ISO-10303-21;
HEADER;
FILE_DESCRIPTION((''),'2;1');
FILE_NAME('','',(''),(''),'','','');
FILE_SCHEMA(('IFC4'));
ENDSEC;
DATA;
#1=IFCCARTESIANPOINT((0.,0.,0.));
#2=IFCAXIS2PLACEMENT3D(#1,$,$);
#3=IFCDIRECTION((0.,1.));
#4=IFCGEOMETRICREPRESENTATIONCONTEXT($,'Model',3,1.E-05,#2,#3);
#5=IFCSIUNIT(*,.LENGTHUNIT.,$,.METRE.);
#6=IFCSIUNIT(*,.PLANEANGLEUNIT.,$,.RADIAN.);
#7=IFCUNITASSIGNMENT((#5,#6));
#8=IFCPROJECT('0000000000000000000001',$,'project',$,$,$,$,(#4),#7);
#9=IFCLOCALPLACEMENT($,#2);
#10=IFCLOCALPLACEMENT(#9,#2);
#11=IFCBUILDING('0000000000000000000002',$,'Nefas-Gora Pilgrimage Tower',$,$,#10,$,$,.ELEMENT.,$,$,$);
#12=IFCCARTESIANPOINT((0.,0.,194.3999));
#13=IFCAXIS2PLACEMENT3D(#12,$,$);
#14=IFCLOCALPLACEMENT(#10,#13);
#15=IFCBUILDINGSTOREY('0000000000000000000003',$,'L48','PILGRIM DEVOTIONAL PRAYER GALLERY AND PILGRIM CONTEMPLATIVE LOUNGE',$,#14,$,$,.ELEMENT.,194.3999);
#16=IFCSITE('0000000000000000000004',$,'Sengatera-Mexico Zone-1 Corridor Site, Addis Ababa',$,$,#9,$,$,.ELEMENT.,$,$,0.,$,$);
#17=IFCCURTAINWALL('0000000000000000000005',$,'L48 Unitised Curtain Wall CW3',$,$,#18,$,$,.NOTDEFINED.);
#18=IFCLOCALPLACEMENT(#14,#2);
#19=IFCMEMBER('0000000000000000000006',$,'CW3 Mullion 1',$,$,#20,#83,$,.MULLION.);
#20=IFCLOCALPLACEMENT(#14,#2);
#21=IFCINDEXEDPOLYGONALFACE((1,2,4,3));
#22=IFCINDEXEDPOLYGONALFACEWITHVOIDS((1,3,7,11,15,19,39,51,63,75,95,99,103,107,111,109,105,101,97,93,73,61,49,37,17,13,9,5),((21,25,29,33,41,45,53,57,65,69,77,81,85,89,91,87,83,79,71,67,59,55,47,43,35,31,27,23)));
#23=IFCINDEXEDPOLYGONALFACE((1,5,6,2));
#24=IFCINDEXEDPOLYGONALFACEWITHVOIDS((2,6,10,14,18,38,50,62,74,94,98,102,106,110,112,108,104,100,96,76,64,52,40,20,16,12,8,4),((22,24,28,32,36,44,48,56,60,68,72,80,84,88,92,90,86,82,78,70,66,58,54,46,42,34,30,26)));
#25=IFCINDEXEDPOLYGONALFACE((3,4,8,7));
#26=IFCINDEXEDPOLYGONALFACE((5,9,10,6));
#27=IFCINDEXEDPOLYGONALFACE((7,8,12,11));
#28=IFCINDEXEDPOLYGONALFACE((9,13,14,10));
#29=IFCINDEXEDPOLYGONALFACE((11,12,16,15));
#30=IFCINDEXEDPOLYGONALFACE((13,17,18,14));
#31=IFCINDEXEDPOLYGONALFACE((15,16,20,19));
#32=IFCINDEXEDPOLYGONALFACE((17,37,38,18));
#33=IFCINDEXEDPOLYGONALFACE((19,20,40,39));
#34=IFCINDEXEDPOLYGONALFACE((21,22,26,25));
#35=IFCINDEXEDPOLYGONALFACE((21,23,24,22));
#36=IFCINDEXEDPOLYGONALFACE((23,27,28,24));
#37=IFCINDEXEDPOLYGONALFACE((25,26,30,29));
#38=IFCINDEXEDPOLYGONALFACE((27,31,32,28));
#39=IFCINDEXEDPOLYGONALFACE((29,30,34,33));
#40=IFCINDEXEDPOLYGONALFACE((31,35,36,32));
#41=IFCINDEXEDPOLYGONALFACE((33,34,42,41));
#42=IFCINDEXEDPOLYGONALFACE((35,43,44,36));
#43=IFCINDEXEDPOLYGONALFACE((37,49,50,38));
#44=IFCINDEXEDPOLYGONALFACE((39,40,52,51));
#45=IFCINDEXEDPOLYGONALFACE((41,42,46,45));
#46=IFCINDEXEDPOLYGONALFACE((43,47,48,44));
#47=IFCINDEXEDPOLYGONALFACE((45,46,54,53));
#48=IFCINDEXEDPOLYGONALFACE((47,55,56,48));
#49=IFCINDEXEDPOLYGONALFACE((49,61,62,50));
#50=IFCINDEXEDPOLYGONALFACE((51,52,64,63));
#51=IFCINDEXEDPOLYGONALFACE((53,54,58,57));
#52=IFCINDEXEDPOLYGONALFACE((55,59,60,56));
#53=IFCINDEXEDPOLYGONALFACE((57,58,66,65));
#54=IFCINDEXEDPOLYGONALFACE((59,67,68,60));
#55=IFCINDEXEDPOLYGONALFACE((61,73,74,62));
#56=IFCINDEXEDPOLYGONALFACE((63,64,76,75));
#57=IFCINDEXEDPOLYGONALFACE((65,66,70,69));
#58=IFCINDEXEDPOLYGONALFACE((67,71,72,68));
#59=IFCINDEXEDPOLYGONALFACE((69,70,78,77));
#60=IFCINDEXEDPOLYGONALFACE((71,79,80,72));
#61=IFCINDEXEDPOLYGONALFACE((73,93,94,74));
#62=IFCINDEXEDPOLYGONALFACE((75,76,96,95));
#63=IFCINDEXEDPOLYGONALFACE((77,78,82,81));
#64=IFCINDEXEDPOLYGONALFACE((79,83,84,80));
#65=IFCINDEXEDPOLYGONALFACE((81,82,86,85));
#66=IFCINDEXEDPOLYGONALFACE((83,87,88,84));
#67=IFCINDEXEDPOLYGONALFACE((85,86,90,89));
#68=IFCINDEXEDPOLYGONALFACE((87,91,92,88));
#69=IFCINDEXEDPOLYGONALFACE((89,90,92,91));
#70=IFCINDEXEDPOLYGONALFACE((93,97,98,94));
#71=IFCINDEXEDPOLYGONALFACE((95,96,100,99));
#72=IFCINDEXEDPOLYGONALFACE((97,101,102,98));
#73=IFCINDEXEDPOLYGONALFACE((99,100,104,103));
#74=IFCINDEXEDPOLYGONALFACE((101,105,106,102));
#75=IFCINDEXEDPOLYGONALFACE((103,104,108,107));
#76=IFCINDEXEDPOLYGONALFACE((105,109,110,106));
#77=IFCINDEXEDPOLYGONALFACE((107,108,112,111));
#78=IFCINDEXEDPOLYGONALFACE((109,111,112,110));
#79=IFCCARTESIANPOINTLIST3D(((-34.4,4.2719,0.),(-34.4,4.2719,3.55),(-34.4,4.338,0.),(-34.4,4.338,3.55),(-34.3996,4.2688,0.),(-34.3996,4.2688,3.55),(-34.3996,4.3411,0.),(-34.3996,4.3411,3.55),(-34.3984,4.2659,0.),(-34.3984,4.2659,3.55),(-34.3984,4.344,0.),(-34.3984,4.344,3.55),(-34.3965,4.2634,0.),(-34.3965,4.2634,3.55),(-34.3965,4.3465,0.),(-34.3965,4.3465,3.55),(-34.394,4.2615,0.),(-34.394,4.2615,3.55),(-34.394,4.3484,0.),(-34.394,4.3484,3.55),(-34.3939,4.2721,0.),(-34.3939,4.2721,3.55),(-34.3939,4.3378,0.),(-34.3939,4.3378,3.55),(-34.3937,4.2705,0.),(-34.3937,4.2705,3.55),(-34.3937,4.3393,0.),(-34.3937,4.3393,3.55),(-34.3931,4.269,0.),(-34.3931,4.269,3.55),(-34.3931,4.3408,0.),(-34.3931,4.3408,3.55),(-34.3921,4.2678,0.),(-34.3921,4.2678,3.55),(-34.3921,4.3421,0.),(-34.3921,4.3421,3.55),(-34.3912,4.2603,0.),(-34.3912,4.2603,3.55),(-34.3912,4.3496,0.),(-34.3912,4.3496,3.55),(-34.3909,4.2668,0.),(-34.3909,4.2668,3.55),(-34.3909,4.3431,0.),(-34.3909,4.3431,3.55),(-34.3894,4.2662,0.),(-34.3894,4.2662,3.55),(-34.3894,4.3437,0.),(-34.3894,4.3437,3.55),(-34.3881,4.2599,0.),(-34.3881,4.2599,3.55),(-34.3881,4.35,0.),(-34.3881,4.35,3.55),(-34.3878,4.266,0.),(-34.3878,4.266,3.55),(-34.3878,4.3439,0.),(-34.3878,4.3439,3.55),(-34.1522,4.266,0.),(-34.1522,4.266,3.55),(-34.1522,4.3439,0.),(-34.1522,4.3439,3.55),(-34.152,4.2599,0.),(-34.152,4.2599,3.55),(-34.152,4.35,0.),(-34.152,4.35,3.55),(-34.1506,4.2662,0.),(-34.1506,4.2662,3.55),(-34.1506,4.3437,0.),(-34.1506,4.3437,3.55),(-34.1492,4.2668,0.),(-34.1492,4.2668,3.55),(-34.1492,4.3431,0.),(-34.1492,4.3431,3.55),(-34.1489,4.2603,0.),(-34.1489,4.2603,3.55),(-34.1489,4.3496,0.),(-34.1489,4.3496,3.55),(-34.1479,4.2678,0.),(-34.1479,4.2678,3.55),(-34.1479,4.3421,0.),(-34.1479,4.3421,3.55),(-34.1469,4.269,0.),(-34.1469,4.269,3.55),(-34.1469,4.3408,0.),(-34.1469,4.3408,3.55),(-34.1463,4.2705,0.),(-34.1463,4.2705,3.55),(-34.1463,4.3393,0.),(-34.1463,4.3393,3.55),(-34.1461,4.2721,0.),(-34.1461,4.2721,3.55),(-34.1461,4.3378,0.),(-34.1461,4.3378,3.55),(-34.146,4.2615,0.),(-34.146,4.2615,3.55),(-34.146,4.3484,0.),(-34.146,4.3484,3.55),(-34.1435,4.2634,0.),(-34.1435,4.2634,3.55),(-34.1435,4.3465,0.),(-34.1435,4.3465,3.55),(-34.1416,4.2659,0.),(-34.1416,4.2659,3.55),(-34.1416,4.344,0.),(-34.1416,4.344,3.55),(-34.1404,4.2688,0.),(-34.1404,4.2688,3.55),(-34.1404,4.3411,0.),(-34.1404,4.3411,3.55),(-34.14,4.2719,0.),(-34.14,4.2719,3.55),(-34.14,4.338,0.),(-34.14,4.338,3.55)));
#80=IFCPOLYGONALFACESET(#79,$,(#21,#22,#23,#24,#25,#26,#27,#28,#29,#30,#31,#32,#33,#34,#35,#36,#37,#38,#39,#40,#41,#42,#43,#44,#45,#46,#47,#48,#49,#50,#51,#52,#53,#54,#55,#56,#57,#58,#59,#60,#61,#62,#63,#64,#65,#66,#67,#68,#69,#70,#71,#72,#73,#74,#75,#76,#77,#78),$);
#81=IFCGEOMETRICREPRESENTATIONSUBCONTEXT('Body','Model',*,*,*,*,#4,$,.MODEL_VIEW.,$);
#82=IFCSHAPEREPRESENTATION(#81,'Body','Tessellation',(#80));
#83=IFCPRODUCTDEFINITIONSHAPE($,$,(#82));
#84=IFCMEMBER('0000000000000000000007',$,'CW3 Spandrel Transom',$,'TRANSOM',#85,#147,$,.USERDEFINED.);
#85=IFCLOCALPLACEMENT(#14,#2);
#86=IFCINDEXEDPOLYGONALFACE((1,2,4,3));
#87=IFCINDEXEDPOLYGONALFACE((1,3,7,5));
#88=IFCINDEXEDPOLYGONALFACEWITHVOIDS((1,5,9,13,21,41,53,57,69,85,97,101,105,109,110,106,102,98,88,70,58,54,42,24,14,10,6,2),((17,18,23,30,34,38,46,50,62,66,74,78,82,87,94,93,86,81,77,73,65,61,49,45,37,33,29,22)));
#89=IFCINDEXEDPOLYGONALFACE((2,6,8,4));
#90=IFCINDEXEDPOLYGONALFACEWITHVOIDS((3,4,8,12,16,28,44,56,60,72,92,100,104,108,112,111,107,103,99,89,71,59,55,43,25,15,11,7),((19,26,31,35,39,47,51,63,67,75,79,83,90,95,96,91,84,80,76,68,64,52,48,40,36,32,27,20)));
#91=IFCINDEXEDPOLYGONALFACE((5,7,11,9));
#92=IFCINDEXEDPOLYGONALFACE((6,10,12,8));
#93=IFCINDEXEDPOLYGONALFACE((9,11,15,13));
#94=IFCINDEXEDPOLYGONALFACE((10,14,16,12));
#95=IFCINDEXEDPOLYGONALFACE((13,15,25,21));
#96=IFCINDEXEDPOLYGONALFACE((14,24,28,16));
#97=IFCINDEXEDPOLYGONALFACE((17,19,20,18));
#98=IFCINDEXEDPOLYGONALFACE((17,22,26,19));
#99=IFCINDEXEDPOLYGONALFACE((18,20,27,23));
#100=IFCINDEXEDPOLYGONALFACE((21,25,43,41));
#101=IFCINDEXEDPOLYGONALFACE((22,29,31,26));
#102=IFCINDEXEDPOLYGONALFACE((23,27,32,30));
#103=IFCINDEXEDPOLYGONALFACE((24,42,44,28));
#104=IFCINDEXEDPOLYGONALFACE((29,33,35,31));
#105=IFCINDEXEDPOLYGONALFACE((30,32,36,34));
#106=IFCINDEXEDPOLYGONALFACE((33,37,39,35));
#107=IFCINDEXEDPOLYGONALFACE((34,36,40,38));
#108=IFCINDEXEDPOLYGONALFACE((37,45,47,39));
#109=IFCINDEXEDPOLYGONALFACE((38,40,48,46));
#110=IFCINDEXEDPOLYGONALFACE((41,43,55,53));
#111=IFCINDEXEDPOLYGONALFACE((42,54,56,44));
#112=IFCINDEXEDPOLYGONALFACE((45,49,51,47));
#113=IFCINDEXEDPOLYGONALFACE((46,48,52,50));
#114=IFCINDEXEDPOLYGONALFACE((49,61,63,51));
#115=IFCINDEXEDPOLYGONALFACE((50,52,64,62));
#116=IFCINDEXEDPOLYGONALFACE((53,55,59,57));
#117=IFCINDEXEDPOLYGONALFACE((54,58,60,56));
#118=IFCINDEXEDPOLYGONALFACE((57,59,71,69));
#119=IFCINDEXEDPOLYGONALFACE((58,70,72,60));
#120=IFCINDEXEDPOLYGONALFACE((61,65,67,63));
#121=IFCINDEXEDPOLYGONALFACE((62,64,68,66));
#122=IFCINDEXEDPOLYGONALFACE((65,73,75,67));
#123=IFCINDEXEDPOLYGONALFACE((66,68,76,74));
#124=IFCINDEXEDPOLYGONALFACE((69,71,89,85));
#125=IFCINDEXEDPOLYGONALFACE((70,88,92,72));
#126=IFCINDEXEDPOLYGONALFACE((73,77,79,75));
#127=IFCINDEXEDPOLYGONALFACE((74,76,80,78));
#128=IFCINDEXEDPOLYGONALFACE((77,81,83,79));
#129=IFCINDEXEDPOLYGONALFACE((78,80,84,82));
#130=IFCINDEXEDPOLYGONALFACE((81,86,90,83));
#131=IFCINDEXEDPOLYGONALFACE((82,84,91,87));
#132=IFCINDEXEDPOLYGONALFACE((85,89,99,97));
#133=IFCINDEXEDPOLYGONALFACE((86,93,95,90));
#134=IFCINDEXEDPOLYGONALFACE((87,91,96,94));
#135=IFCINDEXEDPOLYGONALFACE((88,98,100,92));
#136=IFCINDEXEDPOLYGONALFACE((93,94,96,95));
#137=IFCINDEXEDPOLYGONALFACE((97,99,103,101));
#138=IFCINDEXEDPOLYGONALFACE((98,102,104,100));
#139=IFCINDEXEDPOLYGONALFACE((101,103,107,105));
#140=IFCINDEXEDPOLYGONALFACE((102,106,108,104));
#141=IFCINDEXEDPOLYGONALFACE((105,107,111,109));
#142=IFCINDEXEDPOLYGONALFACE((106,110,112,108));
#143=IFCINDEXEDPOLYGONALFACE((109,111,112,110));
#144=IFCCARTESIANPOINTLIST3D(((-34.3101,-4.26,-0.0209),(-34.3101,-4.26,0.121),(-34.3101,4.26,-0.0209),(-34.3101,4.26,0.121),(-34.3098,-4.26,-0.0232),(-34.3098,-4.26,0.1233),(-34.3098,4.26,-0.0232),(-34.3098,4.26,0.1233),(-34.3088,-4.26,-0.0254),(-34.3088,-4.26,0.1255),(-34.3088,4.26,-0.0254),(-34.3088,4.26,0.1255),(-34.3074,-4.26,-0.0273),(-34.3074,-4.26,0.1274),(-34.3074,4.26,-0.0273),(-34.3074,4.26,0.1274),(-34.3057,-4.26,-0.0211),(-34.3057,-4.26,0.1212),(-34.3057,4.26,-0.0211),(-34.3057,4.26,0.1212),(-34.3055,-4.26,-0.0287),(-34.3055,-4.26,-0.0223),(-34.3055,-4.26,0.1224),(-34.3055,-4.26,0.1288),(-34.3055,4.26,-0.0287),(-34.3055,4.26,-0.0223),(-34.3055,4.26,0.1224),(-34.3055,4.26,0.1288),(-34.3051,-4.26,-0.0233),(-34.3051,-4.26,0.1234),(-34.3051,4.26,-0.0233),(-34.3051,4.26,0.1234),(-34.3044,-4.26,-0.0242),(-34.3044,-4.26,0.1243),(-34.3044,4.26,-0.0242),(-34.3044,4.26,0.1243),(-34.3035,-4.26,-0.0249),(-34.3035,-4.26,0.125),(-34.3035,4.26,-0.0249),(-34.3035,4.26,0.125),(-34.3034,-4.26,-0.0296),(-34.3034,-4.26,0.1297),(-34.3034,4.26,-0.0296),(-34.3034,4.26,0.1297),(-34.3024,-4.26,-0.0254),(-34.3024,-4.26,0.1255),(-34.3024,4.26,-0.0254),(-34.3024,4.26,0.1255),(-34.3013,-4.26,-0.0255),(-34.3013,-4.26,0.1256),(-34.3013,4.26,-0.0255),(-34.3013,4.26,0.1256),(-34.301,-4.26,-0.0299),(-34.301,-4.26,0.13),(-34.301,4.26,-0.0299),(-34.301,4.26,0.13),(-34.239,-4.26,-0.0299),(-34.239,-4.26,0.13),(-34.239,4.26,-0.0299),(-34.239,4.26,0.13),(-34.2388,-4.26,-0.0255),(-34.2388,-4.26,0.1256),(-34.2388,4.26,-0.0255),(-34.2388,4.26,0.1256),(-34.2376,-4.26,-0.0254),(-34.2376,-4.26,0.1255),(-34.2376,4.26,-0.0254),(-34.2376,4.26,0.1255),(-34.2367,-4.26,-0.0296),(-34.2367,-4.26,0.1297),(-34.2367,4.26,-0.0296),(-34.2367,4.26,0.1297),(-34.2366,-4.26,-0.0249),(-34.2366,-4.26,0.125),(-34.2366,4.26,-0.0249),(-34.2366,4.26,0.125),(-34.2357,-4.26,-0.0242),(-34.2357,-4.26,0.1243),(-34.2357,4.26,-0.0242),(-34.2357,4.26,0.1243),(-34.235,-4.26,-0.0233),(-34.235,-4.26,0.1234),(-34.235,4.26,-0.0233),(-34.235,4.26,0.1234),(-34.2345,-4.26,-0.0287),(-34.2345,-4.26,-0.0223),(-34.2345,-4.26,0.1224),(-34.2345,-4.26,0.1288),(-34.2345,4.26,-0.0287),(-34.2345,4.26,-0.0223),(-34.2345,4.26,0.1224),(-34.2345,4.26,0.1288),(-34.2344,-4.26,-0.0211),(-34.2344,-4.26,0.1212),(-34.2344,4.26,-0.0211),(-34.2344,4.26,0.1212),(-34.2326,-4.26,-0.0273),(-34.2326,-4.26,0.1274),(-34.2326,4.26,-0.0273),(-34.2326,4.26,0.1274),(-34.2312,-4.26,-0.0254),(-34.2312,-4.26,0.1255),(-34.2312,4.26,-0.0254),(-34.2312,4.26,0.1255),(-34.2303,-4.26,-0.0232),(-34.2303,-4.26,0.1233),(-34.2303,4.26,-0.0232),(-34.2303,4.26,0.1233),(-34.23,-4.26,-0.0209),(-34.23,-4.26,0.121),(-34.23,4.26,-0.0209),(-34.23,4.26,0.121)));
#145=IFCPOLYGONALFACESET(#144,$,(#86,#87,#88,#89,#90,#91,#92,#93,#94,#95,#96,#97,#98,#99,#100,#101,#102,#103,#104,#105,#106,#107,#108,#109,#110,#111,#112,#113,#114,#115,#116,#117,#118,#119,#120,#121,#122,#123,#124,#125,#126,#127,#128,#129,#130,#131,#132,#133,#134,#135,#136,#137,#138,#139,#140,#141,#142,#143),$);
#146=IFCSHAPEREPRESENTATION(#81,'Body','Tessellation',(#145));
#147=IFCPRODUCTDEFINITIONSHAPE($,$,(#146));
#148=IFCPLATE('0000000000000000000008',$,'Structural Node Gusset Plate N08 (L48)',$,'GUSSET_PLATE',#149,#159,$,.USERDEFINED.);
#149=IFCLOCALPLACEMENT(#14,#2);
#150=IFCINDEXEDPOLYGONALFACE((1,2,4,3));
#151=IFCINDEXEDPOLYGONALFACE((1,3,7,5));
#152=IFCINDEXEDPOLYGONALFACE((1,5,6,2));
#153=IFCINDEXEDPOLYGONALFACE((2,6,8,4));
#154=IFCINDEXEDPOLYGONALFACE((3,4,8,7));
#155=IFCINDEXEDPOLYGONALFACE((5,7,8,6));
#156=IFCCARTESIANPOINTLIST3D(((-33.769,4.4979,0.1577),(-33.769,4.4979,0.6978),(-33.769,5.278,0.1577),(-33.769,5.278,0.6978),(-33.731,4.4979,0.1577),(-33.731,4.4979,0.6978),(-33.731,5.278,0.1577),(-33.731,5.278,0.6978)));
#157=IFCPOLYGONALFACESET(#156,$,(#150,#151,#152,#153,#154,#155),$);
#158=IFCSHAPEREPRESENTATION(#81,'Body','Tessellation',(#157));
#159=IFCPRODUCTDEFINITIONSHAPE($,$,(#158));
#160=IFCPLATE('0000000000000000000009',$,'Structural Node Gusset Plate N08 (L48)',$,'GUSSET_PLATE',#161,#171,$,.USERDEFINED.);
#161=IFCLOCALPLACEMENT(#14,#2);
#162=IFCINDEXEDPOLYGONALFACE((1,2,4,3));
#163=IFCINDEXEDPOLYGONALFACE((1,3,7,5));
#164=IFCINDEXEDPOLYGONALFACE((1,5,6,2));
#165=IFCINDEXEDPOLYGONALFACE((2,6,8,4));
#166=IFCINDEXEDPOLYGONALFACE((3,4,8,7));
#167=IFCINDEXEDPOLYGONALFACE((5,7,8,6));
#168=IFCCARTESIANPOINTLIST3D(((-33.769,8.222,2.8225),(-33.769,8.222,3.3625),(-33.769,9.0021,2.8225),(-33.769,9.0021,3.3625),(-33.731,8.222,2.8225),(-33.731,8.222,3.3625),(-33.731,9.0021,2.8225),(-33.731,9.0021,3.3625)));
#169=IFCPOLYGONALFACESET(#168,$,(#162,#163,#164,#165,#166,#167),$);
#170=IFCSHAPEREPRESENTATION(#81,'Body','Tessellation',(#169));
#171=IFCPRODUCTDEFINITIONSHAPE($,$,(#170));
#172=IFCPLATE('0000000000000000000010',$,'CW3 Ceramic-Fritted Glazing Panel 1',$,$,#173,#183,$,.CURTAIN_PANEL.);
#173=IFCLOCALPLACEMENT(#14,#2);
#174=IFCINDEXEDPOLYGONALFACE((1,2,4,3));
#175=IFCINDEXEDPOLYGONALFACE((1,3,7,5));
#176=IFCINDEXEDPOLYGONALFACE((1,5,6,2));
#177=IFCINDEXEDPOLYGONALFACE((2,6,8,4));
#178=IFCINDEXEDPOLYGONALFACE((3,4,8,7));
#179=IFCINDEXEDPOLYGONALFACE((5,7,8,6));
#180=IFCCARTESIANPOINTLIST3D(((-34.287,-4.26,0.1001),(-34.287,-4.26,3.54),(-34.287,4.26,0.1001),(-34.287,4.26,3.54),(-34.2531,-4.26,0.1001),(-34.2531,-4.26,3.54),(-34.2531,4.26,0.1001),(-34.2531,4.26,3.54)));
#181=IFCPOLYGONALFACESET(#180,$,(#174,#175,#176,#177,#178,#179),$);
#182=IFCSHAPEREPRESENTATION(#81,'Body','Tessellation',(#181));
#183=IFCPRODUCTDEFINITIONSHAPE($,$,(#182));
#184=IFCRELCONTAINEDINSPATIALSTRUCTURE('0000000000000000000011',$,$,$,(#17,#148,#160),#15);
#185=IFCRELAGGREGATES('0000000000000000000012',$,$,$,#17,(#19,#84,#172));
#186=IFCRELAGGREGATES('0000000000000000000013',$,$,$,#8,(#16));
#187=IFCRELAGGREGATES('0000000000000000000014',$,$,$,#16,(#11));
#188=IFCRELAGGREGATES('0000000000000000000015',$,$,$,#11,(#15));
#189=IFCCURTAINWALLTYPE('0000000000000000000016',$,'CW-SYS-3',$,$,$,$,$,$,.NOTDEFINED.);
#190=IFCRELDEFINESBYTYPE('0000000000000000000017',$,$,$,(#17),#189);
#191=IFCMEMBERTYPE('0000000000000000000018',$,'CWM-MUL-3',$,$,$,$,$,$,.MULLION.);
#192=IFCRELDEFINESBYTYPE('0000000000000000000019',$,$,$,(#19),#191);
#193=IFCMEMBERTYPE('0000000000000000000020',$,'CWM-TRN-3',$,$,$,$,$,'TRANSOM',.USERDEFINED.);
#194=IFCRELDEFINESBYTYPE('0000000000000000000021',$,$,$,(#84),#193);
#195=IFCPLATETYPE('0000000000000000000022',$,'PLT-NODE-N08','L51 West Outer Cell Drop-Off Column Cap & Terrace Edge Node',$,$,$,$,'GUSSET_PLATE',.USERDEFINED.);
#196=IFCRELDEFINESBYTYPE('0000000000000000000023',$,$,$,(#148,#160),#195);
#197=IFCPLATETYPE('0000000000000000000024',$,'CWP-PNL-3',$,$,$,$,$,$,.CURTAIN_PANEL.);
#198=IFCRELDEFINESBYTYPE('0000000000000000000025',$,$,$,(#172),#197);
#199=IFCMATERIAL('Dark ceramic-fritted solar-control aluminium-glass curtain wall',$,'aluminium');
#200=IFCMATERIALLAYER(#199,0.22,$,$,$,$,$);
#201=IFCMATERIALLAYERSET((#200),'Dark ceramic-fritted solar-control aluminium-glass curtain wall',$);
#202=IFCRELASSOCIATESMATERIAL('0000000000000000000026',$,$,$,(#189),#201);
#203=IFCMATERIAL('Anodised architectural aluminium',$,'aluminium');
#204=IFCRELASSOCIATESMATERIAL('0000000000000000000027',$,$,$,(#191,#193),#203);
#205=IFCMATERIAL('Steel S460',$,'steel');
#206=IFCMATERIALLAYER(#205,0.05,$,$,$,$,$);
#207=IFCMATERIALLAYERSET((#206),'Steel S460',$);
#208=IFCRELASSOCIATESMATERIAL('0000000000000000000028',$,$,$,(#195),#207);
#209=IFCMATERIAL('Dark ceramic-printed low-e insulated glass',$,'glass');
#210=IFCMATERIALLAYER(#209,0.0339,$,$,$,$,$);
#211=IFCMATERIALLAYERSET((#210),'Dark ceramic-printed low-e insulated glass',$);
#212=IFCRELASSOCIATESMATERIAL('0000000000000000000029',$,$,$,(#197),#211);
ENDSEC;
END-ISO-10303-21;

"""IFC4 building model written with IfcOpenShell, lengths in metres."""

from ifc_helpers import new_model, si_unit, direction, frame, origin, origin_2d, place, context, subcontext, project, spatial, rectangle, hollow_rectangle, extrude, source, transform, mapped, material, layer, layer_set, material_profile, profile_set, type_object, element, aggregate, save


model = new_model("IFC4")

# Units and contexts
model_context = context("Model", 3, precision=1e-05, world=origin(), true_north=direction((0.0, 1.0)))
body_context = subcontext(model_context, "Body", "Model", "MODEL_VIEW")
ifc_project = project(units=[si_unit("LENGTHUNIT", "METRE"), si_unit("PLANEANGLEUNIT", "RADIAN")], contexts=[model_context])

# Site, building, storey
site_placement = place(None, origin())
site = spatial("IfcSite", under=ifc_project, at=site_placement, Name="Sengatera-Mexico Zone-1 Corridor Site, Addis Ababa", CompositionType="ELEMENT", RefElevation=0.0)
building_placement = place(site_placement, origin())
building = spatial("IfcBuilding", under=site, at=building_placement, Name="Nefas-Gora Pilgrimage Tower", CompositionType="ELEMENT")
storey_placement = place(building_placement, frame((0.0, 0.0, 194.3999)))
storey = spatial("IfcBuildingStorey", under=building, at=storey_placement, Name="L48", Description="PILGRIM DEVOTIONAL PRAYER GALLERY AND PILGRIM CONTEMPLATIVE LOUNGE", CompositionType="ELEMENT", Elevation=194.3999)

# Shared definitions
ifc_material_1 = material(Name="Steel S460", Category="steel")

# Curtain wall, members
ifc_material_2 = material(Name="Dark ceramic-fritted solar-control aluminium-glass curtain wall", Category="aluminium")
ifc_layer_1 = layer(ifc_material_2, 0.22)
ifc_layer_set_1 = layer_set([ifc_layer_1], Name="Dark ceramic-fritted solar-control aluminium-glass curtain wall")
curtain_wall_type = type_object("IfcCurtainWallType", Name="CW-SYS-3", PredefinedType="NOTDEFINED", material=ifc_layer_set_1)
curtain_wall_placement = place(storey_placement, origin())
curtain_wall = element("IfcCurtainWall", 1, at=curtain_wall_placement, inside=storey, type_object=curtain_wall_type, Name="L48 Unitised Curtain Wall CW3", PredefinedType="NOTDEFINED")
ifc_material_3 = material(Name="Anodised architectural aluminium", Category="aluminium")
ifc_material_profile_1 = material_profile(ifc_material_3, hollow_rectangle(XDim=0.0901, YDim=0.26, WallThickness=0.0061, InnerFilletRadius=0.0061, OuterFilletRadius=0.012, at=origin_2d()), Name="ALU MULLION 90x260")
ifc_profile_set_1 = profile_set([ifc_material_profile_1], Name="Anodised architectural aluminium")
member_type_1 = type_object("IfcMemberType", Name="CWM-MUL-3", PredefinedType="MULLION", material=ifc_profile_set_1)
shared_shape_1 = source(origin(), body_context, "Body", "SweptSolid", [
    extrude(hollow_rectangle(XDim=0.0901, YDim=0.26, WallThickness=0.0061, InnerFilletRadius=0.0061, OuterFilletRadius=0.012, at=origin_2d()), origin(), (0.0, 0.0, 1.0), 3.55),
])
member_1_placement = place(storey_placement, frame((-34.27, 4.3049, 0.0), z_axis=(0.0, 0.0, 1.0), x_axis=(0.0, -1.0, 0.0)))
member_1 = element("IfcMember", 2, at=member_1_placement, type_object=member_type_1, Name="CW3 Mullion 1", PredefinedType="MULLION", context=body_context, shape_type="MappedRepresentation", body=[
    mapped(shared_shape_1, transform((0.0, 0.0, 0.0), x_axis=(1.0, 0.0, 0.0), y_axis=(0.0, 1.0, 0.0), z_axis=(0.0, 0.0, 1.0), scale=1.0)),
])
ifc_material_profile_2 = material_profile(ifc_material_3, hollow_rectangle(XDim=0.0801, YDim=0.1599, WallThickness=0.0044, InnerFilletRadius=0.0044, OuterFilletRadius=0.009, at=origin_2d()), Name="ALU TRANSOM 80x160")
ifc_profile_set_2 = profile_set([ifc_material_profile_2], Name="Anodised architectural aluminium")
member_type_2 = type_object("IfcMemberType", Name="CWM-TRN-3", ElementType="TRANSOM", PredefinedType="USERDEFINED", material=ifc_profile_set_2)
shared_shape_2 = source(origin(), body_context, "Body", "SweptSolid", [
    extrude(hollow_rectangle(XDim=0.0801, YDim=0.1599, WallThickness=0.0044, InnerFilletRadius=0.0044, OuterFilletRadius=0.009, at=origin_2d()), origin(), (0.0, 0.0, 1.0), 8.52),
])
member_2_placement = place(storey_placement, frame((-34.27, 4.26, 0.05), z_axis=(0.0, -1.0, 0.0), x_axis=(1.0, 0.0, 0.0)))
member_2 = element("IfcMember", 3, at=member_2_placement, type_object=member_type_2, Name="CW3 Spandrel Transom", ObjectType="TRANSOM", PredefinedType="USERDEFINED", context=body_context, shape_type="MappedRepresentation", body=[
    mapped(shared_shape_2, transform((0.0, 0.0, 0.0), x_axis=(1.0, 0.0, 0.0), y_axis=(0.0, 1.0, 0.0), z_axis=(0.0, 0.0, 1.0), scale=1.0)),
])

# Plates
ifc_layer_2 = layer(ifc_material_1, 0.05)
ifc_layer_set_2 = layer_set([ifc_layer_2], Name="Steel S460")
plate_type_1 = type_object("IfcPlateType", Name="PLT-NODE-N08", Description="L51 West Outer Cell Drop-Off Column Cap & Terrace Edge Node", ElementType="GUSSET_PLATE", PredefinedType="USERDEFINED", material=ifc_layer_set_2)
shared_shape_3 = source(origin(), body_context, "Body", "SweptSolid", [
    extrude(rectangle(XDim=0.78, YDim=0.0381, at=origin_2d()), origin(), (0.0, 0.0, 1.0), 0.54),
])
for number, where, z_axis, x_axis, name in (
    (4, (-33.75, 4.8879, 0.1577), (0.0, 0.0, 1.0), (0.0, 1.0, 0.0), "Structural Node Gusset Plate N08 (L48)"),
    (5, (-33.75, 8.6121, 2.8225), (0.0, 0.0, 1.0), (0.0, 1.0, 0.0), "Structural Node Gusset Plate N08 (L48)"),
):
    element("IfcPlate", number, at=place(storey_placement, frame(where, z_axis=z_axis, x_axis=x_axis)), inside=storey, type_object=plate_type_1, Name=name, ObjectType="GUSSET_PLATE", PredefinedType="USERDEFINED", context=body_context, shape_type="MappedRepresentation", body=[
        mapped(shared_shape_3, transform((0.0, 0.0, 0.0), x_axis=(1.0, 0.0, 0.0), y_axis=(0.0, 1.0, 0.0), z_axis=(0.0, 0.0, 1.0), scale=1.0)),
    ])

# Plate
ifc_material_4 = material(Name="Dark ceramic-printed low-e insulated glass", Category="glass")
ifc_layer_3 = layer(ifc_material_4, 0.0339)
ifc_layer_set_3 = layer_set([ifc_layer_3], Name="Dark ceramic-printed low-e insulated glass")
plate_type_2 = type_object("IfcPlateType", Name="CWP-PNL-3", PredefinedType="CURTAIN_PANEL", material=ifc_layer_set_3)
shared_shape_4 = source(origin(), body_context, "Body", "SweptSolid", [
    extrude(rectangle(XDim=8.52, YDim=0.0339, at=origin_2d()), origin(), (0.0, 0.0, 1.0), 3.4399),
])
plate_placement = place(storey_placement, frame((-34.27, 0.0, 0.1001), z_axis=(0.0, 0.0, 1.0), x_axis=(0.0, -1.0, 0.0)))
plate = element("IfcPlate", 6, at=plate_placement, type_object=plate_type_2, Name="CW3 Ceramic-Fritted Glazing Panel 1", PredefinedType="CURTAIN_PANEL", context=body_context, shape_type="MappedRepresentation", body=[
    mapped(shared_shape_4, transform((0.0, 0.0, 0.0), x_axis=(1.0, 0.0, 0.0), y_axis=(0.0, 1.0, 0.0), z_axis=(0.0, 0.0, 1.0), scale=1.0)),
])
aggregate(curtain_wall, [member_1, member_2, plate])

save(model, "model.ifc")
